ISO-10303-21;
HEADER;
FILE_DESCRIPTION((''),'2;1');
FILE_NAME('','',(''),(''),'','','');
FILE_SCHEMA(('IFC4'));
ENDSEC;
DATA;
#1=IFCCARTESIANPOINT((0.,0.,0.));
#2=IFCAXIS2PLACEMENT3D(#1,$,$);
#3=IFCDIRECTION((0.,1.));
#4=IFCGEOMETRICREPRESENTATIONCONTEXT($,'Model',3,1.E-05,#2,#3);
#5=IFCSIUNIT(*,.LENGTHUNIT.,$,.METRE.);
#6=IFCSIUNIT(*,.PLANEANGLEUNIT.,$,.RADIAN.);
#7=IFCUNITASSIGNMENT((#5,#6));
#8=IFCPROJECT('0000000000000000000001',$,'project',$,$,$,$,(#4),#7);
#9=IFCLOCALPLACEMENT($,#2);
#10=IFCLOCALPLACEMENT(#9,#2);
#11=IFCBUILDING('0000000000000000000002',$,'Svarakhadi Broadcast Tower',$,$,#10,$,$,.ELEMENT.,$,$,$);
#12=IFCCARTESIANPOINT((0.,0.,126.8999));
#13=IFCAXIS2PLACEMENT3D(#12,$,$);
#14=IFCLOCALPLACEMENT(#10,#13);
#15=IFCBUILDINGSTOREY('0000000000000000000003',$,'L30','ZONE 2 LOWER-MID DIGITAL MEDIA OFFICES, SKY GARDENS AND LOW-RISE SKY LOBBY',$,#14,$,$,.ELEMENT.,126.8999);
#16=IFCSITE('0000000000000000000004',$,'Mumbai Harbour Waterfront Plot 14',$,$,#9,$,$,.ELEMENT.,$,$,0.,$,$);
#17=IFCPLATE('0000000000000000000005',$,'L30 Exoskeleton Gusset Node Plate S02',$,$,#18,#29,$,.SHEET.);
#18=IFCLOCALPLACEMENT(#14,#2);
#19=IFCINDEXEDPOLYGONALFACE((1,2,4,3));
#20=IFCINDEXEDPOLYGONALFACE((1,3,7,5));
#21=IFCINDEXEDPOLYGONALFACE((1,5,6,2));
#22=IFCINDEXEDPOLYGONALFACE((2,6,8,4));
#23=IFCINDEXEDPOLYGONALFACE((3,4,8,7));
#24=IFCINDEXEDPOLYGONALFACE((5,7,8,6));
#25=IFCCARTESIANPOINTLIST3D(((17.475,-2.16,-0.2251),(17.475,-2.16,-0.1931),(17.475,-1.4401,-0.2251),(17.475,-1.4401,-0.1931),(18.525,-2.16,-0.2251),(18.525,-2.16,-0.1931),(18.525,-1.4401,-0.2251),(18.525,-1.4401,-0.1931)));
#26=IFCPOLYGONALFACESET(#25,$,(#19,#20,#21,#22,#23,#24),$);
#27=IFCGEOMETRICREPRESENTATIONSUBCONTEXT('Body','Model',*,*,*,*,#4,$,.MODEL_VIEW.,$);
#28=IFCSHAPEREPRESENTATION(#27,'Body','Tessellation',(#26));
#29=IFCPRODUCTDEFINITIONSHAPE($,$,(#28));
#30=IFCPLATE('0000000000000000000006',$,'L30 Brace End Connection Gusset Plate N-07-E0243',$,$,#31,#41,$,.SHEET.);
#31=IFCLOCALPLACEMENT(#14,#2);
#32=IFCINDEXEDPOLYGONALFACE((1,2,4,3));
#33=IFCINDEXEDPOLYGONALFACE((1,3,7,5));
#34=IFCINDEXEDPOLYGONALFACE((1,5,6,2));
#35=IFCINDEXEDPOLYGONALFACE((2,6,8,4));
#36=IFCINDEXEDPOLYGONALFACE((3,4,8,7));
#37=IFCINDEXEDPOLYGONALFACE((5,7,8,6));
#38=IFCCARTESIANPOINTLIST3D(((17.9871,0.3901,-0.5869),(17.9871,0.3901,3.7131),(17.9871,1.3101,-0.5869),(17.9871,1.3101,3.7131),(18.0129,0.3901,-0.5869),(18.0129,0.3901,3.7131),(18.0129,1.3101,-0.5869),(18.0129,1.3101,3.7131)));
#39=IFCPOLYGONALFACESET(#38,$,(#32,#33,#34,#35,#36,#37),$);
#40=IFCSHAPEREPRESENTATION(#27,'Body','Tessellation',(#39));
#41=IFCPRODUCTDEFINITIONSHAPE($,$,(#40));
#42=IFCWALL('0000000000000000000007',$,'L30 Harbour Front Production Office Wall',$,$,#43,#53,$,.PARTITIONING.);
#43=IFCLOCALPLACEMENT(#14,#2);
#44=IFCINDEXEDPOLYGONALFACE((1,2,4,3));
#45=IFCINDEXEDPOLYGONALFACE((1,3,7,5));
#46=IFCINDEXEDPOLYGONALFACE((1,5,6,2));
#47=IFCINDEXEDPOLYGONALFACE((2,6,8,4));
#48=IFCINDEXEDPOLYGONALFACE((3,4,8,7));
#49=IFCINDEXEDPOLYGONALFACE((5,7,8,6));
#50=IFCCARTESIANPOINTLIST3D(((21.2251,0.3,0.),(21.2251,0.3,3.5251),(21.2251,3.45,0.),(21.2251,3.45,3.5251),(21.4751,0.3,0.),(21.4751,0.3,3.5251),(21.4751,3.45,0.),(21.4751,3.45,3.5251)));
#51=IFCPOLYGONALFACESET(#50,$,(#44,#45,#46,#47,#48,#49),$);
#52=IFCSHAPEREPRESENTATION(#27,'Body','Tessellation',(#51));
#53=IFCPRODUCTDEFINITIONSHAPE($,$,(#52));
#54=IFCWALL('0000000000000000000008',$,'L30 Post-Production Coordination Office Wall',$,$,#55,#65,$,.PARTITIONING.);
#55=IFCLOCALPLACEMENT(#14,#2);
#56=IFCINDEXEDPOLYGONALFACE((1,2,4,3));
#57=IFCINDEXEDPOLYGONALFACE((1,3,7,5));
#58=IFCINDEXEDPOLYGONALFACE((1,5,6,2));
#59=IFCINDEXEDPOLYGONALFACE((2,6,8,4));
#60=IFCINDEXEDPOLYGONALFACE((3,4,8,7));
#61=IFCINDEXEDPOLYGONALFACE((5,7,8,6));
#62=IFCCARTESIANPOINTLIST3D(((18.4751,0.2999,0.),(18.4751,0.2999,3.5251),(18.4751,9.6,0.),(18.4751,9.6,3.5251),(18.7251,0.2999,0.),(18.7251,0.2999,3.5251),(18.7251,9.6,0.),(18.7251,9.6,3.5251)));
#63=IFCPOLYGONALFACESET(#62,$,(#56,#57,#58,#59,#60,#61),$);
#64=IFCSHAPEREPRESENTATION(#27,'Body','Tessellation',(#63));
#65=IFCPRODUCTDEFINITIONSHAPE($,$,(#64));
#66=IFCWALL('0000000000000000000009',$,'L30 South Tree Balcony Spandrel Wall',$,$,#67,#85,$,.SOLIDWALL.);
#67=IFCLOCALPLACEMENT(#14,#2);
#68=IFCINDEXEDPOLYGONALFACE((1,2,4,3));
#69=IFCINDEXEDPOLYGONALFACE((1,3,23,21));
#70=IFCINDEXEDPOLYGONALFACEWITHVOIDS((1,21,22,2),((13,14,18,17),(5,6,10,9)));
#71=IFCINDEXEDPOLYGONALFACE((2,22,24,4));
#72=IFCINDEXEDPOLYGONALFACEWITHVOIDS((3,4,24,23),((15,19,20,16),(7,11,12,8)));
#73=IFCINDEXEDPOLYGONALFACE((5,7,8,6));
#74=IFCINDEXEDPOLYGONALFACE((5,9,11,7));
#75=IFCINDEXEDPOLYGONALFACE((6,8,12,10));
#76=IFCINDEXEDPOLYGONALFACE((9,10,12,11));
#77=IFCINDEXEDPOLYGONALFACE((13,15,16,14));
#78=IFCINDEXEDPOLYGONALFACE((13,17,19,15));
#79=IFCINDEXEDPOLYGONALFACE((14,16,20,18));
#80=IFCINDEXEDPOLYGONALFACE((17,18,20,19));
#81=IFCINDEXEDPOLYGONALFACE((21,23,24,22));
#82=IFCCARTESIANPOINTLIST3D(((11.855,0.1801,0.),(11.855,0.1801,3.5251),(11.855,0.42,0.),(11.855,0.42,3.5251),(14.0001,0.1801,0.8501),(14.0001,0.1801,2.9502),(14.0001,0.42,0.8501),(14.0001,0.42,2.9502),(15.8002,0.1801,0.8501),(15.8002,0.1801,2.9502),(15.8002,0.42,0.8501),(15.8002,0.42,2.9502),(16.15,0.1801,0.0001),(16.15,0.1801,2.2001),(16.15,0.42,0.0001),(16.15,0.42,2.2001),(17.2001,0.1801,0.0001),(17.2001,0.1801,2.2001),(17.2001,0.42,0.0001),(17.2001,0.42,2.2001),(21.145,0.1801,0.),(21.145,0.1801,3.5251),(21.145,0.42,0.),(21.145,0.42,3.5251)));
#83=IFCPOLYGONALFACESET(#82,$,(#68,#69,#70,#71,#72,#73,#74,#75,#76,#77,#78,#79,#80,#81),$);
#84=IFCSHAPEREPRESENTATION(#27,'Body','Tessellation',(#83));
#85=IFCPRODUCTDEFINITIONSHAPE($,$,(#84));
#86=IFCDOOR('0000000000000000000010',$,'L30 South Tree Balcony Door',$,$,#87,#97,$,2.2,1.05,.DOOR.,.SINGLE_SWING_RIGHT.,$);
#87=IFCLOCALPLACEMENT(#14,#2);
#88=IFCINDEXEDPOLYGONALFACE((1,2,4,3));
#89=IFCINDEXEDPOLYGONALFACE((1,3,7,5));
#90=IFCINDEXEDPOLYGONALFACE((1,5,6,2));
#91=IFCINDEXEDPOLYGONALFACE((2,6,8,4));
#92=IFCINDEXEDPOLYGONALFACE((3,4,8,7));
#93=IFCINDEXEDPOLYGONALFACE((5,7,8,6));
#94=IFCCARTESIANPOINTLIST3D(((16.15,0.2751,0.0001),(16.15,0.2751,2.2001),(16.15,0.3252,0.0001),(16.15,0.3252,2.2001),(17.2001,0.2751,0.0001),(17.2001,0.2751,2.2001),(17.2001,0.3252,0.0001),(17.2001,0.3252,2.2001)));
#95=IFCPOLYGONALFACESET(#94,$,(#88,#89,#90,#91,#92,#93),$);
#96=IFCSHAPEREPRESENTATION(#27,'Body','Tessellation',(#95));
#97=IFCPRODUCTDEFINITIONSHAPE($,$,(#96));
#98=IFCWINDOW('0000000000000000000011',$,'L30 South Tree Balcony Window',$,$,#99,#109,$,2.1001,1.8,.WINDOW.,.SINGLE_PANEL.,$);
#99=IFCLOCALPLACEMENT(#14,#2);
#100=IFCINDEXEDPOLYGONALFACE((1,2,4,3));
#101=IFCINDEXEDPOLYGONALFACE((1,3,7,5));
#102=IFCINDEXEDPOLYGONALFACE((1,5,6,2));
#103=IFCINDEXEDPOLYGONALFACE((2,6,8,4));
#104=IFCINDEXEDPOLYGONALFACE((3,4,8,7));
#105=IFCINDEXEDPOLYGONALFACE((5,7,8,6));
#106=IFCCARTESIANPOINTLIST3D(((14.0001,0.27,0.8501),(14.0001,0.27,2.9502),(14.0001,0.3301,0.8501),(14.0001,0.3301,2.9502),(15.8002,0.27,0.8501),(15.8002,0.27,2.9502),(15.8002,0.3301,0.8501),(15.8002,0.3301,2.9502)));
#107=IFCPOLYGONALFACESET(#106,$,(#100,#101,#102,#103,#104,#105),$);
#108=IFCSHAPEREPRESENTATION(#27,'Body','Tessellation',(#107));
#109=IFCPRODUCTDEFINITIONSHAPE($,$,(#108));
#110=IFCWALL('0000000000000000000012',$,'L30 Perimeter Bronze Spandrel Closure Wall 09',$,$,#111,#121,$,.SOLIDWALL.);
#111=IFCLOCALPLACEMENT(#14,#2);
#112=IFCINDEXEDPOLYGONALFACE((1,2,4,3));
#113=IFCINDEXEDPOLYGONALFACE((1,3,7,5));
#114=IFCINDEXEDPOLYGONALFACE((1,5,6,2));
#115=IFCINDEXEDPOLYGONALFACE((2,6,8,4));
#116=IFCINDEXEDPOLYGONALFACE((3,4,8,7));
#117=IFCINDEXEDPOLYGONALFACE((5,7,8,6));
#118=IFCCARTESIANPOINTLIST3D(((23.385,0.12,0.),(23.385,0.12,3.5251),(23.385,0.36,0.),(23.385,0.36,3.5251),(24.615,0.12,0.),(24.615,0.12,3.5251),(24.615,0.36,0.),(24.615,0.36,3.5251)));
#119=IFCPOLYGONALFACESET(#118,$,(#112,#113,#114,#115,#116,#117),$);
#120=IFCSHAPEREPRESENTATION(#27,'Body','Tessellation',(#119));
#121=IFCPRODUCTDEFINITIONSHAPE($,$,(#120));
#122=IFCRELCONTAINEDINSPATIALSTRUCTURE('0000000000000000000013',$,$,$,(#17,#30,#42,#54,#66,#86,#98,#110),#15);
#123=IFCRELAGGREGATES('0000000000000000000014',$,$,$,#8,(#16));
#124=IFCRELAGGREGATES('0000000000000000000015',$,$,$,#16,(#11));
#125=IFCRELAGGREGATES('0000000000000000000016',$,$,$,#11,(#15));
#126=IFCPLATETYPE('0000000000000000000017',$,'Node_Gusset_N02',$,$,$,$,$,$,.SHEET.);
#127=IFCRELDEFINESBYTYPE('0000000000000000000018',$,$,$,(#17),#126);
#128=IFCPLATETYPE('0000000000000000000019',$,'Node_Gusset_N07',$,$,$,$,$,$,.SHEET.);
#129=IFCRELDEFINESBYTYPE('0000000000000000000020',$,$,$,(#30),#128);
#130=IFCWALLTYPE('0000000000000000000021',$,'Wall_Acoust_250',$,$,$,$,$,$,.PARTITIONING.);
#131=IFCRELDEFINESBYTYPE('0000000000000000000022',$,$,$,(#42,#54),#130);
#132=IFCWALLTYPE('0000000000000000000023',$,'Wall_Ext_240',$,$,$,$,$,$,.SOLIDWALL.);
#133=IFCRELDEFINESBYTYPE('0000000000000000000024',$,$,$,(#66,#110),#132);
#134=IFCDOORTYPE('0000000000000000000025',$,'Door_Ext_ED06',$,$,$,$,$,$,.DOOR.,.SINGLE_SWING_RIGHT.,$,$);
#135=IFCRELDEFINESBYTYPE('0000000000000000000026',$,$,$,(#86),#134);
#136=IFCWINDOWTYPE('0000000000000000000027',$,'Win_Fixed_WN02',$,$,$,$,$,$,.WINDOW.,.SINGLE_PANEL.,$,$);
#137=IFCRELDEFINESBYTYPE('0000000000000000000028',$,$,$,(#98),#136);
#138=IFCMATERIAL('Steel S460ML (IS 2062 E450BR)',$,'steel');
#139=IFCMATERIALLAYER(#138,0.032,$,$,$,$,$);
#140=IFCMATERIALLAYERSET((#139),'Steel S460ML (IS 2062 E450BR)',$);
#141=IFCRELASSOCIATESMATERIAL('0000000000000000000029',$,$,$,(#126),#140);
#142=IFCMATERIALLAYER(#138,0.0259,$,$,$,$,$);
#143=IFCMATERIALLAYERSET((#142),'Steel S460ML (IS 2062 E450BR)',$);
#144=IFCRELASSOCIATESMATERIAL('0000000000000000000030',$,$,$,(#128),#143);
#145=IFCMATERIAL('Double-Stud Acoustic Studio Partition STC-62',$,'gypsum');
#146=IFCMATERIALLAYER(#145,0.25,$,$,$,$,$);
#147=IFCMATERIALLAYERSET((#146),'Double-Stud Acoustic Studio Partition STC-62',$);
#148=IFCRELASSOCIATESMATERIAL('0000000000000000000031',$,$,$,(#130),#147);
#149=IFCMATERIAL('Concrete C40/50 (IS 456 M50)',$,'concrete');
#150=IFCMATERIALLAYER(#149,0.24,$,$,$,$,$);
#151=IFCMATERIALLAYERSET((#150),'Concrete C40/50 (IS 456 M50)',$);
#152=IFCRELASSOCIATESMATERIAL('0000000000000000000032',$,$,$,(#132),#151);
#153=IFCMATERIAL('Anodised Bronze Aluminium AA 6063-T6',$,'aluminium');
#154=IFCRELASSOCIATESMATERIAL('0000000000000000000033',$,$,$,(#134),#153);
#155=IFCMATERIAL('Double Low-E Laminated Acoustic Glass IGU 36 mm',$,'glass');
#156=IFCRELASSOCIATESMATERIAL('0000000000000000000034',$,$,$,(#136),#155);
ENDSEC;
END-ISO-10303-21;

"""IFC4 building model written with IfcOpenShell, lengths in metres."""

from ifc_helpers import new_model, si_unit, direction, frame, frame_2d, origin, origin_2d, place, context, subcontext, project, spatial, rectangle, extrude, material, layer, layer_set, type_object, element, fill, save


model = new_model("IFC4")

# Units and contexts
model_context = context("Model", 3, precision=1e-05, world=origin(), true_north=direction((0.0, 1.0)))
body_context = subcontext(model_context, "Body", "Model", "MODEL_VIEW")
ifc_project = project(units=[si_unit("LENGTHUNIT", "METRE"), si_unit("PLANEANGLEUNIT", "RADIAN")], contexts=[model_context])

# Site, building, storey
site_placement = place(None, origin())
site = spatial("IfcSite", under=ifc_project, at=site_placement, Name="Mumbai Harbour Waterfront Plot 14", CompositionType="ELEMENT", RefElevation=0.0)
building_placement = place(site_placement, origin())
building = spatial("IfcBuilding", under=site, at=building_placement, Name="Svarakhadi Broadcast Tower", CompositionType="ELEMENT")
storey_placement = place(building_placement, frame((0.0, 0.0, 126.8999)))
storey = spatial("IfcBuildingStorey", under=building, at=storey_placement, Name="L30", Description="ZONE 2 LOWER-MID DIGITAL MEDIA OFFICES, SKY GARDENS AND LOW-RISE SKY LOBBY", CompositionType="ELEMENT", Elevation=126.8999)

# Shared definitions
ifc_material_1 = material(Name="Anodised Bronze Aluminium AA 6063-T6", Category="aluminium")

# Shared definitions
ifc_material_2 = material(Name="Steel S460ML (IS 2062 E450BR)", Category="steel")

# Shared definitions
ifc_material_3 = material(Name="Double Low-E Laminated Acoustic Glass IGU 36 mm", Category="glass")

# Plates
ifc_layer_1 = layer(ifc_material_2, 0.032)
ifc_layer_set_1 = layer_set([ifc_layer_1], Name="Steel S460ML (IS 2062 E450BR)")
plate_type_1 = type_object("IfcPlateType", Name="Node_Gusset_N02", PredefinedType="SHEET", material=ifc_layer_set_1)
plate_1_placement = place(storey_placement, frame((18.0, -1.8, -0.2251), z_axis=(0.0, 0.0, 1.0), x_axis=(1.0, 0.0, 0.0)))
element("IfcPlate", 1, at=plate_1_placement, inside=storey, type_object=plate_type_1, Name="L30 Exoskeleton Gusset Node Plate S02", PredefinedType="SHEET", context=body_context, shape_type="SweptSolid", body=[
    extrude(rectangle(XDim=1.05, YDim=0.72, at=origin_2d()), origin(), (0.0, 0.0, 1.0), 0.032),
])
ifc_layer_2 = layer(ifc_material_2, 0.0259)
ifc_layer_set_2 = layer_set([ifc_layer_2], Name="Steel S460ML (IS 2062 E450BR)")
plate_type_2 = type_object("IfcPlateType", Name="Node_Gusset_N07", PredefinedType="SHEET", material=ifc_layer_set_2)
plate_2_placement = place(storey_placement, frame((18.0, 0.8501, -0.5869), z_axis=(0.0, 0.0, 1.0), x_axis=(0.0, 1.0, 0.0)))
element("IfcPlate", 2, at=plate_2_placement, inside=storey, type_object=plate_type_2, Name="L30 Brace End Connection Gusset Plate N-07-E0243", PredefinedType="SHEET", context=body_context, shape_type="SweptSolid", body=[
    extrude(rectangle(XDim=0.9199, YDim=0.0259, at=origin_2d()), origin(), (0.0, 0.0, 1.0), 4.3),
])

# Walls
ifc_material_4 = material(Name="Double-Stud Acoustic Studio Partition STC-62", Category="gypsum")
ifc_layer_3 = layer(ifc_material_4, 0.25)
ifc_layer_set_3 = layer_set([ifc_layer_3], Name="Double-Stud Acoustic Studio Partition STC-62")
wall_type_1 = type_object("IfcWallType", Name="Wall_Acoust_250", PredefinedType="PARTITIONING", material=ifc_layer_set_3)
wall_1_placement = place(storey_placement, frame((21.3501, 0.3, 0.0), z_axis=(0.0, 0.0, 1.0), x_axis=(0.0, 1.0, 0.0)))
element("IfcWall", 3, at=wall_1_placement, inside=storey, type_object=wall_type_1, Name="L30 Harbour Front Production Office Wall", PredefinedType="PARTITIONING", context=body_context, shape_type="SweptSolid", body=[
    extrude(rectangle(XDim=3.1499, YDim=0.25, at=frame_2d((1.575, 0.0))), origin(), (0.0, 0.0, 1.0), 3.5251),
])
wall_2_placement = place(storey_placement, frame((18.6001, 0.3, 0.0), z_axis=(0.0, 0.0, 1.0), x_axis=(0.0, 1.0, 0.0)))
element("IfcWall", 4, at=wall_2_placement, inside=storey, type_object=wall_type_1, Name="L30 Post-Production Coordination Office Wall", PredefinedType="PARTITIONING", context=body_context, shape_type="SweptSolid", body=[
    extrude(rectangle(XDim=9.3, YDim=0.25, at=frame_2d((4.6499, 0.0))), origin(), (0.0, 0.0, 1.0), 3.5251),
])

# Wall, openings, door, window
ifc_material_5 = material(Name="Concrete C40/50 (IS 456 M50)", Category="concrete")
ifc_layer_4 = layer(ifc_material_5, 0.24)
ifc_layer_set_4 = layer_set([ifc_layer_4], Name="Concrete C40/50 (IS 456 M50)")
wall_type_2 = type_object("IfcWallType", Name="Wall_Ext_240", PredefinedType="SOLIDWALL", material=ifc_layer_set_4)
wall_3_placement = place(storey_placement, frame((21.145, 0.3, 0.0), z_axis=(0.0, 0.0, 1.0), x_axis=(-1.0, 0.0, 0.0)))
wall_3 = element("IfcWall", 5, at=wall_3_placement, inside=storey, type_object=wall_type_2, Name="L30 South Tree Balcony Spandrel Wall", PredefinedType="SOLIDWALL", context=body_context, shape_type="SweptSolid", body=[
    extrude(rectangle(XDim=9.29, YDim=0.24, at=frame_2d((4.645, 0.0))), origin(), (0.0, 0.0, 1.0), 3.5251),
])
opening_1_placement = place(wall_3_placement, frame((3.9451, 0.0, 0.0)))
opening_1 = element("IfcOpeningElement", 6, at=opening_1_placement, cuts=wall_3, PredefinedType="OPENING", context=body_context, shape_type="SweptSolid", body=[
    extrude(rectangle(XDim=1.05, YDim=2.2, at=frame_2d((0.5249, 1.1001))), frame((0.0, 0.1299, 0.0), z_axis=(0.0, -1.0, 0.0), x_axis=(1.0, 0.0, 0.0)), (0.0, 0.0, 1.0), 0.26),
])
opening_2_placement = place(wall_3_placement, frame((5.345, 0.0, 0.8501)))
opening_2 = element("IfcOpeningElement", 7, at=opening_2_placement, cuts=wall_3, PredefinedType="OPENING", context=body_context, shape_type="SweptSolid", body=[
    extrude(rectangle(XDim=1.8, YDim=2.1001, at=frame_2d((0.8999, 1.05))), frame((0.0, 0.1299, 0.0), z_axis=(0.0, -1.0, 0.0), x_axis=(1.0, 0.0, 0.0)), (0.0, 0.0, 1.0), 0.26),
])
door_type = type_object("IfcDoorType", Name="Door_Ext_ED06", OperationType="SINGLE_SWING_RIGHT", PredefinedType="DOOR", material=ifc_material_1)
door_placement = place(opening_1_placement, origin())
door = element("IfcDoor", 8, at=door_placement, inside=storey, type_object=door_type, Name="L30 South Tree Balcony Door", OperationType="SINGLE_SWING_RIGHT", OverallHeight=2.2, OverallWidth=1.05, PredefinedType="DOOR", context=body_context, shape_type="SweptSolid", body=[
    extrude(rectangle(XDim=1.05, YDim=2.2, at=frame_2d((0.5249, 1.1001))), frame((0.0, 0.0249, 0.0), z_axis=(0.0, -1.0, 0.0), x_axis=(1.0, 0.0, 0.0)), (0.0, 0.0, 1.0), 0.05),
])
fill(opening_1, door)
window_type = type_object("IfcWindowType", Name="Win_Fixed_WN02", PartitioningType="SINGLE_PANEL", PredefinedType="WINDOW", material=ifc_material_3)
window_placement = place(opening_2_placement, origin())
window = element("IfcWindow", 9, at=window_placement, inside=storey, type_object=window_type, Name="L30 South Tree Balcony Window", OverallHeight=2.1001, OverallWidth=1.8, PartitioningType="SINGLE_PANEL", PredefinedType="WINDOW", context=body_context, shape_type="SweptSolid", body=[
    extrude(rectangle(XDim=1.8, YDim=2.1001, at=frame_2d((0.8999, 1.05))), frame((0.0, 0.03, 0.0), z_axis=(0.0, -1.0, 0.0), x_axis=(1.0, 0.0, 0.0)), (0.0, 0.0, 1.0), 0.0601),
])
fill(opening_2, window)

# Wall
wall_4_placement = place(storey_placement, frame((24.615, 0.24, 0.0), z_axis=(0.0, 0.0, 1.0), x_axis=(-1.0, 0.0, 0.0)))
element("IfcWall", 10, at=wall_4_placement, inside=storey, type_object=wall_type_2, Name="L30 Perimeter Bronze Spandrel Closure Wall 09", PredefinedType="SOLIDWALL", context=body_context, shape_type="SweptSolid", body=[
    extrude(rectangle(XDim=1.23, YDim=0.24, at=frame_2d((0.615, 0.0))), origin(), (0.0, 0.0, 1.0), 3.5251),
])

save(model, "model.ifc")
